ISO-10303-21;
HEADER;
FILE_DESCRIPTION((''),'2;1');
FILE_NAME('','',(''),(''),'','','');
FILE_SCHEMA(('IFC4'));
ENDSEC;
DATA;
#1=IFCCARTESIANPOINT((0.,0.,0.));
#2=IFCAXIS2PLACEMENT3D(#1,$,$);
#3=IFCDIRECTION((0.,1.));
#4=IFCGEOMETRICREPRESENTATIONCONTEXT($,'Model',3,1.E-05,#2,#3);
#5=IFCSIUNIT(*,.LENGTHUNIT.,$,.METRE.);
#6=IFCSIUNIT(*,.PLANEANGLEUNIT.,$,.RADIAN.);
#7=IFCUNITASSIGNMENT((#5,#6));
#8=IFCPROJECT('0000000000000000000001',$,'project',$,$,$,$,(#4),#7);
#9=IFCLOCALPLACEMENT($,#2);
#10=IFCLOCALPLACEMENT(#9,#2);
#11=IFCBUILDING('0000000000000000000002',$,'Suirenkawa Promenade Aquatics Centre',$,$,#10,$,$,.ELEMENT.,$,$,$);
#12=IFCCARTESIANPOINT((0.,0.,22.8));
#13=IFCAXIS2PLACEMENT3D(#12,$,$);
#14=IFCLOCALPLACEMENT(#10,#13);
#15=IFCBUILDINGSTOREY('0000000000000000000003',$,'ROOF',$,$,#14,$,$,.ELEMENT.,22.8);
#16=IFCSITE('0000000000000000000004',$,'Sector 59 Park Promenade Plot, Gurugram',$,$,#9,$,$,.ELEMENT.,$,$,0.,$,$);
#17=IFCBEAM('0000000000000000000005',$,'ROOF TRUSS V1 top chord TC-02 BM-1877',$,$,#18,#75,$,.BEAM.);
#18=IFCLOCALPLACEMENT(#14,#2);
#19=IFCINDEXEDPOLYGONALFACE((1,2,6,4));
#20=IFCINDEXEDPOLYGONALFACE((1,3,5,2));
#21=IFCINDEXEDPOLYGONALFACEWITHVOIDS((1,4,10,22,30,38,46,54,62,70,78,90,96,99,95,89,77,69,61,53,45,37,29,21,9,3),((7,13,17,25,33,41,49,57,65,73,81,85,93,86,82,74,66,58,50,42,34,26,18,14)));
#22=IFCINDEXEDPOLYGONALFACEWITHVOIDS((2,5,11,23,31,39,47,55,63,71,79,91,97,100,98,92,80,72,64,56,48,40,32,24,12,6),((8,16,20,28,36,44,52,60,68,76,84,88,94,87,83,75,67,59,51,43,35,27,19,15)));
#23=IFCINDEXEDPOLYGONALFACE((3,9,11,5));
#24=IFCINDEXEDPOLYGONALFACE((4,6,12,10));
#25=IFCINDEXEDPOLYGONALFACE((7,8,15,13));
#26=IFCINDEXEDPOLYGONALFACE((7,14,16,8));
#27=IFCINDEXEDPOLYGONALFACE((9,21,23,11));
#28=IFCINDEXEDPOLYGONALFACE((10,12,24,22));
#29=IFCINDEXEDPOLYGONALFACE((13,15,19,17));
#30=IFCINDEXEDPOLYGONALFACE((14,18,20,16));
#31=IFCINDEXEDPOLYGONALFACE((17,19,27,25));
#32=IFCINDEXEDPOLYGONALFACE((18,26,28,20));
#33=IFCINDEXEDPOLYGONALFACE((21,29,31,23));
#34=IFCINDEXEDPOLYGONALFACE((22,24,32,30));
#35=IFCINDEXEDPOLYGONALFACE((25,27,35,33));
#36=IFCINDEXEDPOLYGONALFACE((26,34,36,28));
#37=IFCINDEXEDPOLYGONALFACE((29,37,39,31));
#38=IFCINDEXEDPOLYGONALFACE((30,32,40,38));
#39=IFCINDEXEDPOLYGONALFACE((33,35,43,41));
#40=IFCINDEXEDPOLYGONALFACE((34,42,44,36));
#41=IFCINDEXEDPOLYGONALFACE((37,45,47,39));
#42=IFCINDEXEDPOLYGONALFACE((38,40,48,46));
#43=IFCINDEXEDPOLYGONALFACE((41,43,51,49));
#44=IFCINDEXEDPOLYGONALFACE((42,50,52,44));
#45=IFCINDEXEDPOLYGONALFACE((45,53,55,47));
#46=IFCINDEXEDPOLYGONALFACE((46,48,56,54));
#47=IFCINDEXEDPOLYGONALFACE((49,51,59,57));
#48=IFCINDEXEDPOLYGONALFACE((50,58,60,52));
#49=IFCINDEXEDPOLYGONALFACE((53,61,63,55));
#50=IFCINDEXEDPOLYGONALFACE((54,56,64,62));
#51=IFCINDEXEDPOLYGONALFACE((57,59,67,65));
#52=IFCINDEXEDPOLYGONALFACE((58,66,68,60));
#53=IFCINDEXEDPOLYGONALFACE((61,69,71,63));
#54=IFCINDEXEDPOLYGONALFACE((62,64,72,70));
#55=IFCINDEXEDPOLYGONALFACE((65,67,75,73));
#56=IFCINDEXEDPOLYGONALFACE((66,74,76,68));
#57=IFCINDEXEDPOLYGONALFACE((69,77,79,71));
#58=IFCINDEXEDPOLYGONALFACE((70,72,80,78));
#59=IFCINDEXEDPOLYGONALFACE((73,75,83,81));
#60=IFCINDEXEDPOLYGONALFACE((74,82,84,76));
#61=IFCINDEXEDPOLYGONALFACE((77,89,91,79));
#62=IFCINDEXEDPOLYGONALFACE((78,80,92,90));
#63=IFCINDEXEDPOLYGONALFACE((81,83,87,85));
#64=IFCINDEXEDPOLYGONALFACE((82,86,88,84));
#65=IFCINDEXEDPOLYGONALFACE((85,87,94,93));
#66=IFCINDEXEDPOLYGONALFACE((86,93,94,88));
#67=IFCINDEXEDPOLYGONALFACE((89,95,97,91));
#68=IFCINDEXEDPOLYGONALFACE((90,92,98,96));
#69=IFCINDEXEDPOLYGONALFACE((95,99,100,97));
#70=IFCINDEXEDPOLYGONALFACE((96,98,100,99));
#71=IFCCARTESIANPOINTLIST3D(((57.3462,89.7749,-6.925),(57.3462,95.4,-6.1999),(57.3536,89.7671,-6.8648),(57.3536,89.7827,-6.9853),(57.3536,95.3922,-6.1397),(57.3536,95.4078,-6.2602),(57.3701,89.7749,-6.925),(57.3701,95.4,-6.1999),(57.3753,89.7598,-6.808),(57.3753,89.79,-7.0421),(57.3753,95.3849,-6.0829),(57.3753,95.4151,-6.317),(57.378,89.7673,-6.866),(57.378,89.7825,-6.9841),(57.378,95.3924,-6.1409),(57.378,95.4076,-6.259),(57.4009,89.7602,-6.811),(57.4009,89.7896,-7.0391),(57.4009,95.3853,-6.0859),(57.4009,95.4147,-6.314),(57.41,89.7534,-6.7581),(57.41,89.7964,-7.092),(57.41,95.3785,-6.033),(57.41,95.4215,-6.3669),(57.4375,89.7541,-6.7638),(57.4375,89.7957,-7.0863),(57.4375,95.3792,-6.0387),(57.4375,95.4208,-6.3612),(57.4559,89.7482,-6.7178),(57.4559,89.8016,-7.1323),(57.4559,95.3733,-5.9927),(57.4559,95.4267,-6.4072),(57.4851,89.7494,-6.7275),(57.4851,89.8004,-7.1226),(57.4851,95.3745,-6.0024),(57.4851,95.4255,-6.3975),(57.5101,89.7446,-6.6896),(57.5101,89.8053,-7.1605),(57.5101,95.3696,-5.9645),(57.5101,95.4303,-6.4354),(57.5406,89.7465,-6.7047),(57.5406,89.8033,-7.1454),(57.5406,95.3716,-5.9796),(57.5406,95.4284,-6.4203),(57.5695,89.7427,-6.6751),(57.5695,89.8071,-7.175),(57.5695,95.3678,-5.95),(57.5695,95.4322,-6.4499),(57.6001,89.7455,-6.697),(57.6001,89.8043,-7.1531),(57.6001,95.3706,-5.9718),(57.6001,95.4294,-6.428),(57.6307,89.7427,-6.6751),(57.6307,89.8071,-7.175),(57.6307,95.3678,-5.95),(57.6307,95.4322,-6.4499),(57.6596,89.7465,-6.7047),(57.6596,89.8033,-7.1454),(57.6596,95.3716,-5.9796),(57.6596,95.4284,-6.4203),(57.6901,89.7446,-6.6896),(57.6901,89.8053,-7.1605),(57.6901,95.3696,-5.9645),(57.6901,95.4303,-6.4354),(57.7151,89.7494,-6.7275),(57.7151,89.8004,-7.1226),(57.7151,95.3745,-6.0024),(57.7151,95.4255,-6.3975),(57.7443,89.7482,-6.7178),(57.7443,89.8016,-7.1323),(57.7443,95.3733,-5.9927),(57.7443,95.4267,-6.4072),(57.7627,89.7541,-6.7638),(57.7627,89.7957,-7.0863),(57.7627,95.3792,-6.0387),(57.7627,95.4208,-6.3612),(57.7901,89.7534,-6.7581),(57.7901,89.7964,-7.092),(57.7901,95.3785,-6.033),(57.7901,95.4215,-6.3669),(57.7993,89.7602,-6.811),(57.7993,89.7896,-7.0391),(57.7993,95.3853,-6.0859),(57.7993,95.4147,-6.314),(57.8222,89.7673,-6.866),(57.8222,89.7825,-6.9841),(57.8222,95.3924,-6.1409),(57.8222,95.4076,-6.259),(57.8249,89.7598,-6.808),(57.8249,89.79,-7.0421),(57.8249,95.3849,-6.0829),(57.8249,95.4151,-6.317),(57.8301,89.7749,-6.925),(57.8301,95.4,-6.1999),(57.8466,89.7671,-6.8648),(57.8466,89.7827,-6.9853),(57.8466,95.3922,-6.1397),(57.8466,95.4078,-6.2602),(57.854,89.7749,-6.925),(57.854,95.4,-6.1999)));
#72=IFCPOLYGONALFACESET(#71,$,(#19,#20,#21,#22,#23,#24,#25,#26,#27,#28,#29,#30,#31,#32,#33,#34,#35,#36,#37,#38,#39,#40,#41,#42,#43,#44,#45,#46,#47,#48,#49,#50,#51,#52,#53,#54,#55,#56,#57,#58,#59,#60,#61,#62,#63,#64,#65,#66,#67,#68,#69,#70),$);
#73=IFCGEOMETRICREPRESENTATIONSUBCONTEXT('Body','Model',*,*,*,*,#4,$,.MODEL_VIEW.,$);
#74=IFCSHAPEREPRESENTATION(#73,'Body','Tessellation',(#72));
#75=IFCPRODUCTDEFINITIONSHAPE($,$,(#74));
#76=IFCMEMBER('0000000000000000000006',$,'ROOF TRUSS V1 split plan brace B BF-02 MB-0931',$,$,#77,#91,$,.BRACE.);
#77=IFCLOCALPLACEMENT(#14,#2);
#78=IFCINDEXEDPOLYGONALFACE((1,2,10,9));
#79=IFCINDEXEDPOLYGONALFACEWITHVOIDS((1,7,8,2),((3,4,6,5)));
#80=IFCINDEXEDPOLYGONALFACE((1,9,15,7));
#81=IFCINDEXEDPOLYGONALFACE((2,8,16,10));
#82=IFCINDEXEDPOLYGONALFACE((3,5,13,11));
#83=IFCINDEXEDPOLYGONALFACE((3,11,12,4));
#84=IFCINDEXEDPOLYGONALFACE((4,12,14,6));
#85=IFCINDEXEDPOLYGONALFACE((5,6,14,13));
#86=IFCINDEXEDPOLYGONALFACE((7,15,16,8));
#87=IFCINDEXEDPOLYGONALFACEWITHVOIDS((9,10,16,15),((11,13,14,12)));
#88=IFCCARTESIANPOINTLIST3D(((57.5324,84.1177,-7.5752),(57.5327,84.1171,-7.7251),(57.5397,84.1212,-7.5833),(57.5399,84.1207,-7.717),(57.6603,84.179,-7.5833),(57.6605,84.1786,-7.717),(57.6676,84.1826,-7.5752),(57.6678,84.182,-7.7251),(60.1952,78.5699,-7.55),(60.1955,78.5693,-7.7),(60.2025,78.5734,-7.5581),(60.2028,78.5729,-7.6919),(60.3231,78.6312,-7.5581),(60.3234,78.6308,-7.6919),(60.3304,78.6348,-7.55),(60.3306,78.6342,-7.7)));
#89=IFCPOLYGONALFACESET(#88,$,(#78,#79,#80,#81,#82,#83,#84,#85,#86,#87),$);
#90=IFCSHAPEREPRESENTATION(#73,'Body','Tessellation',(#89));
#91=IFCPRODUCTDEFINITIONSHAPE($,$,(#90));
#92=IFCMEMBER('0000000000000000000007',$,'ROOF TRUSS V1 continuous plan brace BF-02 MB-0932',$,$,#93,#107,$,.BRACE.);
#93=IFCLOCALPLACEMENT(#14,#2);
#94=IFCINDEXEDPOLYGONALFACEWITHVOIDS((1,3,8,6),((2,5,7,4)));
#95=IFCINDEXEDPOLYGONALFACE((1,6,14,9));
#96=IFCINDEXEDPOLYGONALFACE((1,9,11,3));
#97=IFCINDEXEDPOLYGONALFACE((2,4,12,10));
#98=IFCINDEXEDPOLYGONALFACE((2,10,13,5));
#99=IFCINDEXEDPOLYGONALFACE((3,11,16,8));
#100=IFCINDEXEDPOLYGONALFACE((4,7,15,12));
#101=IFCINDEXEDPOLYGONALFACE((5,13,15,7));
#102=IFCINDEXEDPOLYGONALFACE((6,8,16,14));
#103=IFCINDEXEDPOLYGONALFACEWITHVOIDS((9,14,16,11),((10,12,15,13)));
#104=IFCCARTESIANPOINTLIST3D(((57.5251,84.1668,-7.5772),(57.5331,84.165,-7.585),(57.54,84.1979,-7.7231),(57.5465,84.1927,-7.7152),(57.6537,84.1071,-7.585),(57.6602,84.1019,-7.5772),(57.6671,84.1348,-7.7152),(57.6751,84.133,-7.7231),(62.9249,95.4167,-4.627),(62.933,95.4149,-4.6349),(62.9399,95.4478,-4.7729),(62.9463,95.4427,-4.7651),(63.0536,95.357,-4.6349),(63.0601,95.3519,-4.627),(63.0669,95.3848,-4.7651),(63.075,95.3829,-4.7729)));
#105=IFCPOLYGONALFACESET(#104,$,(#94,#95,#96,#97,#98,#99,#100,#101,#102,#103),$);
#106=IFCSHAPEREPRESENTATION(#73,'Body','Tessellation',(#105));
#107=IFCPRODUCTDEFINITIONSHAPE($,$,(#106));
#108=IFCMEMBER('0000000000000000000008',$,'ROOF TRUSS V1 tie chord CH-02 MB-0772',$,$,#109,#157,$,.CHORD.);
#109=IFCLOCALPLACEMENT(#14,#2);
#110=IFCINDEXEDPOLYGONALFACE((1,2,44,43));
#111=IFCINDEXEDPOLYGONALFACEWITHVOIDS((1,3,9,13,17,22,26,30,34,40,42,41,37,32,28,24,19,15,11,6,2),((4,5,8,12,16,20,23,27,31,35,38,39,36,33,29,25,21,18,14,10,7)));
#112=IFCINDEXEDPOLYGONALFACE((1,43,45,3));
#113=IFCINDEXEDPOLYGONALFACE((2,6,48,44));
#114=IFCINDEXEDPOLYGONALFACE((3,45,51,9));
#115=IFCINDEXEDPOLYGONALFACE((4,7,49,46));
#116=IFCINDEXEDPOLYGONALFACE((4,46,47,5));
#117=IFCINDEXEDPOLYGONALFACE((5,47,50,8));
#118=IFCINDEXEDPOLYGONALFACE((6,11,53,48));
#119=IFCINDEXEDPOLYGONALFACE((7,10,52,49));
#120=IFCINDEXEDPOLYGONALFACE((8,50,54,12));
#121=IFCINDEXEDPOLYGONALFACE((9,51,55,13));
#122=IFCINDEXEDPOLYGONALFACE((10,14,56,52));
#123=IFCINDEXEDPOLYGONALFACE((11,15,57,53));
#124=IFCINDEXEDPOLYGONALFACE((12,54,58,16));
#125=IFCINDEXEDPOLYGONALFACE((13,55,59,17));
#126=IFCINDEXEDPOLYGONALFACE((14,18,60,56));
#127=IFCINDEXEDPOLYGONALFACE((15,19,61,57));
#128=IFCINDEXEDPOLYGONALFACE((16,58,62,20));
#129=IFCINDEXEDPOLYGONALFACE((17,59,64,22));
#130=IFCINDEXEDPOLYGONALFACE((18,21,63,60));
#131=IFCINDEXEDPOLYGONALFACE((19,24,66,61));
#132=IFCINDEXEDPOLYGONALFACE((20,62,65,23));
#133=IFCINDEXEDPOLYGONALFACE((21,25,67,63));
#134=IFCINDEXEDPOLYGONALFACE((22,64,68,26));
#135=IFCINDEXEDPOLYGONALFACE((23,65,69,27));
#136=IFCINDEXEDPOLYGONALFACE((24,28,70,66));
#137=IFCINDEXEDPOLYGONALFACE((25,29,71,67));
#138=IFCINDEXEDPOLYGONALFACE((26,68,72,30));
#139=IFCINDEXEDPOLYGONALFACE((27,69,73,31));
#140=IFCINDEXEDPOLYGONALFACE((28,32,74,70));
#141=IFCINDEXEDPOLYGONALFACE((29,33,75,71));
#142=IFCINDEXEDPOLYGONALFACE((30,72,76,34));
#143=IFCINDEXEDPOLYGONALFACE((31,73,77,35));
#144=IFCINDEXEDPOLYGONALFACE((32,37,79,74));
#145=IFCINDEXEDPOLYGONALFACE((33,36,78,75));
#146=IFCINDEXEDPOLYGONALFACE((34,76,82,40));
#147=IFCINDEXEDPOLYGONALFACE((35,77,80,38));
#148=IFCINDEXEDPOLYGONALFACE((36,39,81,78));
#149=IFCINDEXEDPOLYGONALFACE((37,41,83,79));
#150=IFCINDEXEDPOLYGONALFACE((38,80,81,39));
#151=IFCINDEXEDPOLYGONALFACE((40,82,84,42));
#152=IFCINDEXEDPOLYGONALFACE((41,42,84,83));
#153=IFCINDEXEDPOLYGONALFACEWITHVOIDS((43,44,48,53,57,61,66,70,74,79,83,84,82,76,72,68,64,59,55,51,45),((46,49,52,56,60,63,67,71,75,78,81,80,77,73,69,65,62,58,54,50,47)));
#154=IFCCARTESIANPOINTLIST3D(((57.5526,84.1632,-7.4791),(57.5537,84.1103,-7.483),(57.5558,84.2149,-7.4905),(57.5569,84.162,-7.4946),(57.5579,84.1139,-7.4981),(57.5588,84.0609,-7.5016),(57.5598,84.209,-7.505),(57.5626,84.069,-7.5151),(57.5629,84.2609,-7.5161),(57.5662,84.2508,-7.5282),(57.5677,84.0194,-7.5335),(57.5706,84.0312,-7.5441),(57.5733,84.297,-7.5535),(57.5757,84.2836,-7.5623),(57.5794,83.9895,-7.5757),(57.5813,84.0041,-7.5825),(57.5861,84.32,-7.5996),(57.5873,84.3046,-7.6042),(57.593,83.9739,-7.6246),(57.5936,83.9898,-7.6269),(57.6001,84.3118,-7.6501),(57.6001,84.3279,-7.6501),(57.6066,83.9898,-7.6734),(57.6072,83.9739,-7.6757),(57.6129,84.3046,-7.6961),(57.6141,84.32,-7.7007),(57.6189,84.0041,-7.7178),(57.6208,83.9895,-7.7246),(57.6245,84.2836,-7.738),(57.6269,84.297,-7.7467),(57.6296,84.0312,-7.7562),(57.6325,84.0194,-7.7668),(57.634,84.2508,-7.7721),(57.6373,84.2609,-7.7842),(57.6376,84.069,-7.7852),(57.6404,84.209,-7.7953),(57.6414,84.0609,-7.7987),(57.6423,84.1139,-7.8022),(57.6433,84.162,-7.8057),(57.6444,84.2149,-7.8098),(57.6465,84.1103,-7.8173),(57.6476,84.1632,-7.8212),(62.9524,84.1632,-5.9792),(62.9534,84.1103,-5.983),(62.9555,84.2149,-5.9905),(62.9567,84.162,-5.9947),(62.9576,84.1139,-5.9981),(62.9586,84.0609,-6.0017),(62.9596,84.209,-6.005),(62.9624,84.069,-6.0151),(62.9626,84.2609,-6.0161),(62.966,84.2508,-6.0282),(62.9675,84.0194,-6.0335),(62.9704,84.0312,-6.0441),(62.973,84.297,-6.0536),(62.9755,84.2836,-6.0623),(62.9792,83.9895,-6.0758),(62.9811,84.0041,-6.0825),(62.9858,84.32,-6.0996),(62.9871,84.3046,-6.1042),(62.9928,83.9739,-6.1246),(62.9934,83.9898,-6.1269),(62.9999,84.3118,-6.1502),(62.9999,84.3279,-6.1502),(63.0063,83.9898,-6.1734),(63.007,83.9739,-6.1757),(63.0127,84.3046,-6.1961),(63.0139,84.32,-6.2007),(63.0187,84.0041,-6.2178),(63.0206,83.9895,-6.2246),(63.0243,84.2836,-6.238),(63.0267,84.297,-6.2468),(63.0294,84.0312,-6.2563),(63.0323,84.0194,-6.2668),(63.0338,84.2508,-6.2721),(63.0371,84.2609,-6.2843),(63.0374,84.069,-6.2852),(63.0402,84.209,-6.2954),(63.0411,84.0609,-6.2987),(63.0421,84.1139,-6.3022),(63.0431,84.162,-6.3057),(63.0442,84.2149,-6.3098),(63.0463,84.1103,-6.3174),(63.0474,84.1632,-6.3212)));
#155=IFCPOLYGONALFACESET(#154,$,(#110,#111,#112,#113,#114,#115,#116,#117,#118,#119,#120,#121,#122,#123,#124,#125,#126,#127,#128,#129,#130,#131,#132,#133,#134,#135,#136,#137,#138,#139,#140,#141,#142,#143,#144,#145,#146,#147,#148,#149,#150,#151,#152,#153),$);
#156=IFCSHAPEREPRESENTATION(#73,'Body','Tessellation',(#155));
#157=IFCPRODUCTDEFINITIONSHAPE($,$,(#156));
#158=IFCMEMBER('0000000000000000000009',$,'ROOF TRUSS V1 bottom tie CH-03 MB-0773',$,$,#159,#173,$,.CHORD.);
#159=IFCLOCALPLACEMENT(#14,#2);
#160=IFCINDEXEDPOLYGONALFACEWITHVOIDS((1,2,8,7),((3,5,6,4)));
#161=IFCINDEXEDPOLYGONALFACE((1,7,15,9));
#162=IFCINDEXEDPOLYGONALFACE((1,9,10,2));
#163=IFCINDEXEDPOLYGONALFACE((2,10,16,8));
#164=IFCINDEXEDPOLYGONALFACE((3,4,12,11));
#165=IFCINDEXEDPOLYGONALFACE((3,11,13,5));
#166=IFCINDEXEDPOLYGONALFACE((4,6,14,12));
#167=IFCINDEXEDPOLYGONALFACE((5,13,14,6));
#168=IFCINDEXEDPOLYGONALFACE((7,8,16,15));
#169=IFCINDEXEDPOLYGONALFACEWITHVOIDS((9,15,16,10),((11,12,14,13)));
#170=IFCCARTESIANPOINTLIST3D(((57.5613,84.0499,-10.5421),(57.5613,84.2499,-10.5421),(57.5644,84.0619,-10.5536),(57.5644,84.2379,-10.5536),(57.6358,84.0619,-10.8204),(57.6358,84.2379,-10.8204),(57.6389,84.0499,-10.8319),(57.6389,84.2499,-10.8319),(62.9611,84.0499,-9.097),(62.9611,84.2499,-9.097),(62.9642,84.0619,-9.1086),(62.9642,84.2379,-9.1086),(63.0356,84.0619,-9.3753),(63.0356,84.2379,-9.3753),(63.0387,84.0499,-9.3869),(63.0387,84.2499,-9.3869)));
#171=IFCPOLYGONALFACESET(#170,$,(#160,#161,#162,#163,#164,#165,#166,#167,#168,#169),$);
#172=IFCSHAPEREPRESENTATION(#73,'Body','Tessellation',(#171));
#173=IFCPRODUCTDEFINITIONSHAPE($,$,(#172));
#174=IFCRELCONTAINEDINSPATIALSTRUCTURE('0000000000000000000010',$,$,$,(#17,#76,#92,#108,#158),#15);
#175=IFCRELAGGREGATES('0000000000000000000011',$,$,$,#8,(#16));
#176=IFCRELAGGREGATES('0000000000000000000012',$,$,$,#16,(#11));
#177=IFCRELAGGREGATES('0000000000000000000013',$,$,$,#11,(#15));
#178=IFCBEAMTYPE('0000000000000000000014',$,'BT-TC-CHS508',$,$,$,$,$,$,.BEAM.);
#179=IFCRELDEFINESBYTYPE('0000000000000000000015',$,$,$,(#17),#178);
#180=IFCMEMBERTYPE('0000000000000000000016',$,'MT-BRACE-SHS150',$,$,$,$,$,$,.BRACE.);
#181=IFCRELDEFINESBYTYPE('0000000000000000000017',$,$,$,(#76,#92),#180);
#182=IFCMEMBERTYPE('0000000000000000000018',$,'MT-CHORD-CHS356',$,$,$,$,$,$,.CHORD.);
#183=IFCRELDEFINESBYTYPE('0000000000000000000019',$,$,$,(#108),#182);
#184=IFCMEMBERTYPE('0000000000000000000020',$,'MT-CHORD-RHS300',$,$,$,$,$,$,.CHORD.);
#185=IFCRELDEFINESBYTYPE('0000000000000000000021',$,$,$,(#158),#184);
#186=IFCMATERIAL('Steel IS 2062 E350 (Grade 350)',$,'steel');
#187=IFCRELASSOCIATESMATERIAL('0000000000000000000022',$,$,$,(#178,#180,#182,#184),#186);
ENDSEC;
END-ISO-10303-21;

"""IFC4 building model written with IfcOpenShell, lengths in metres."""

from ifc_helpers import new_model, si_unit, direction, frame, origin, origin_2d, place, context, subcontext, project, spatial, hollow_rectangle, hollow_circle, extrude, material, material_profile, profile_set, type_object, element, save


model = new_model("IFC4")

# Units and contexts
model_context = context("Model", 3, precision=1e-05, world=origin(), true_north=direction((0.0, 1.0)))
body_context = subcontext(model_context, "Body", "Model", "MODEL_VIEW")
ifc_project = project(units=[si_unit("LENGTHUNIT", "METRE"), si_unit("PLANEANGLEUNIT", "RADIAN")], contexts=[model_context])

# Site, building, storey
site_placement = place(None, origin())
site = spatial("IfcSite", under=ifc_project, at=site_placement, Name="Sector 59 Park Promenade Plot, Gurugram", CompositionType="ELEMENT", RefElevation=0.0)
building_placement = place(site_placement, origin())
building = spatial("IfcBuilding", under=site, at=building_placement, Name="Suirenkawa Promenade Aquatics Centre", CompositionType="ELEMENT")
storey_placement = place(building_placement, frame((0.0, 0.0, 22.8)))
storey = spatial("IfcBuildingStorey", under=building, at=storey_placement, Name="ROOF", CompositionType="ELEMENT", Elevation=22.8)

# Beam
ifc_material = material(Name="Steel IS 2062 E350 (Grade 350)", Category="steel")
ifc_material_profile_1 = material_profile(ifc_material, hollow_circle(Radius=0.2539, WallThickness=0.0239, at=origin_2d()), Name="CHS 508x24", Category="steel")
ifc_profile_set_1 = profile_set([ifc_material_profile_1], Name="Steel IS 2062 E350 (Grade 350)")
beam_type_1 = type_object("IfcBeamType", Name="BT-TC-CHS508", PredefinedType="BEAM", material=ifc_profile_set_1)
for number, where, z_axis, x_axis, name in (
    (1, (57.6001, 89.7749, -6.925), (0.0, 0.991794, 0.127848), (-1.0, 0.0, 0.0), "ROOF TRUSS V1 top chord TC-02 BM-1877"),
):
    element("IfcBeam", number, at=place(storey_placement, frame(where, z_axis=z_axis, x_axis=x_axis)), inside=storey, type_object=beam_type_1, Name=name, PredefinedType="BEAM", context=body_context, shape_type="SweptSolid", body=[
        extrude(hollow_circle(Radius=0.2539, WallThickness=0.0239, at=origin_2d()), origin(), (0.0, 0.0, 1.0), 5.6716),
    ])

# Members
ifc_material_profile_2 = material_profile(ifc_material, hollow_rectangle(XDim=0.1499, YDim=0.1499, WallThickness=0.0081, at=origin_2d()), Name="SHS 150x150x8", Category="steel")
ifc_profile_set_2 = profile_set([ifc_material_profile_2], Name="Steel IS 2062 E350 (Grade 350)")
member_type_1 = type_object("IfcMemberType", Name="MT-BRACE-SHS150", PredefinedType="BRACE", material=ifc_profile_set_2)
member_1_placement = place(storey_placement, frame((60.2629, 78.6021, -7.625), z_axis=(-0.432711, 0.901524, -0.004086), x_axis=(-0.901531, -0.432714, 0.0)))
element("IfcMember", 2, at=member_1_placement, inside=storey, type_object=member_type_1, Name="ROOF TRUSS V1 split plan brace B BF-02 MB-0931", PredefinedType="BRACE", context=body_context, shape_type="SweptSolid", body=[
    extrude(hollow_rectangle(XDim=0.1499, YDim=0.1499, WallThickness=0.0081, at=origin_2d()), origin(), (0.0, 0.0, 1.0), 6.1538),
])
member_2_placement = place(storey_placement, frame((57.6001, 84.1499, -7.6501), z_axis=(0.421116, 0.877341, 0.230074), x_axis=(-0.901526, 0.432725, 0.0)))
element("IfcMember", 3, at=member_2_placement, inside=storey, type_object=member_type_1, Name="ROOF TRUSS V1 continuous plan brace BF-02 MB-0932", PredefinedType="BRACE", context=body_context, shape_type="SweptSolid", body=[
    extrude(hollow_rectangle(XDim=0.1499, YDim=0.1499, WallThickness=0.0081, at=origin_2d()), origin(), (0.0, 0.0, 1.0), 12.8228),
])
ifc_material_profile_3 = material_profile(ifc_material, hollow_circle(Radius=0.178, WallThickness=0.0161, at=origin_2d()), Name="CHS 356x16", Category="steel")
ifc_profile_set_3 = profile_set([ifc_material_profile_3], Name="Steel IS 2062 E350 (Grade 350)")
member_type_2 = type_object("IfcMemberType", Name="MT-CHORD-CHS356", PredefinedType="CHORD", material=ifc_profile_set_3)
member_3_placement = place(storey_placement, frame((57.6001, 84.1499, -7.6501), z_axis=(0.963517, 0.0, 0.267648), x_axis=(0.0, 1.0, 0.0)))
element("IfcMember", 4, at=member_3_placement, inside=storey, type_object=member_type_2, Name="ROOF TRUSS V1 tie chord CH-02 MB-0772", PredefinedType="CHORD", context=body_context, shape_type="SweptSolid", body=[
    extrude(hollow_circle(Radius=0.178, WallThickness=0.0161, at=origin_2d()), origin(), (0.0, 0.0, 1.0), 5.6042),
])
ifc_material_profile_4 = material_profile(ifc_material, hollow_rectangle(XDim=0.2, YDim=0.3, WallThickness=0.012, at=origin_2d()), Name="RHS 300x200x12", Category="steel")
ifc_profile_set_4 = profile_set([ifc_material_profile_4], Name="Steel IS 2062 E350 (Grade 350)")
member_type_3 = type_object("IfcMemberType", Name="MT-CHORD-RHS300", PredefinedType="CHORD", material=ifc_profile_set_4)
member_4_placement = place(storey_placement, frame((57.6001, 84.1499, -10.687), z_axis=(0.966008, 0.0, 0.258513), x_axis=(0.0, 1.0, 0.0)))
element("IfcMember", 5, at=member_4_placement, inside=storey, type_object=member_type_3, Name="ROOF TRUSS V1 bottom tie CH-03 MB-0773", PredefinedType="CHORD", context=body_context, shape_type="SweptSolid", body=[
    extrude(hollow_rectangle(XDim=0.2, YDim=0.3, WallThickness=0.012, at=origin_2d()), origin(), (0.0, 0.0, 1.0), 5.5898),
])

save(model, "model.ifc")
